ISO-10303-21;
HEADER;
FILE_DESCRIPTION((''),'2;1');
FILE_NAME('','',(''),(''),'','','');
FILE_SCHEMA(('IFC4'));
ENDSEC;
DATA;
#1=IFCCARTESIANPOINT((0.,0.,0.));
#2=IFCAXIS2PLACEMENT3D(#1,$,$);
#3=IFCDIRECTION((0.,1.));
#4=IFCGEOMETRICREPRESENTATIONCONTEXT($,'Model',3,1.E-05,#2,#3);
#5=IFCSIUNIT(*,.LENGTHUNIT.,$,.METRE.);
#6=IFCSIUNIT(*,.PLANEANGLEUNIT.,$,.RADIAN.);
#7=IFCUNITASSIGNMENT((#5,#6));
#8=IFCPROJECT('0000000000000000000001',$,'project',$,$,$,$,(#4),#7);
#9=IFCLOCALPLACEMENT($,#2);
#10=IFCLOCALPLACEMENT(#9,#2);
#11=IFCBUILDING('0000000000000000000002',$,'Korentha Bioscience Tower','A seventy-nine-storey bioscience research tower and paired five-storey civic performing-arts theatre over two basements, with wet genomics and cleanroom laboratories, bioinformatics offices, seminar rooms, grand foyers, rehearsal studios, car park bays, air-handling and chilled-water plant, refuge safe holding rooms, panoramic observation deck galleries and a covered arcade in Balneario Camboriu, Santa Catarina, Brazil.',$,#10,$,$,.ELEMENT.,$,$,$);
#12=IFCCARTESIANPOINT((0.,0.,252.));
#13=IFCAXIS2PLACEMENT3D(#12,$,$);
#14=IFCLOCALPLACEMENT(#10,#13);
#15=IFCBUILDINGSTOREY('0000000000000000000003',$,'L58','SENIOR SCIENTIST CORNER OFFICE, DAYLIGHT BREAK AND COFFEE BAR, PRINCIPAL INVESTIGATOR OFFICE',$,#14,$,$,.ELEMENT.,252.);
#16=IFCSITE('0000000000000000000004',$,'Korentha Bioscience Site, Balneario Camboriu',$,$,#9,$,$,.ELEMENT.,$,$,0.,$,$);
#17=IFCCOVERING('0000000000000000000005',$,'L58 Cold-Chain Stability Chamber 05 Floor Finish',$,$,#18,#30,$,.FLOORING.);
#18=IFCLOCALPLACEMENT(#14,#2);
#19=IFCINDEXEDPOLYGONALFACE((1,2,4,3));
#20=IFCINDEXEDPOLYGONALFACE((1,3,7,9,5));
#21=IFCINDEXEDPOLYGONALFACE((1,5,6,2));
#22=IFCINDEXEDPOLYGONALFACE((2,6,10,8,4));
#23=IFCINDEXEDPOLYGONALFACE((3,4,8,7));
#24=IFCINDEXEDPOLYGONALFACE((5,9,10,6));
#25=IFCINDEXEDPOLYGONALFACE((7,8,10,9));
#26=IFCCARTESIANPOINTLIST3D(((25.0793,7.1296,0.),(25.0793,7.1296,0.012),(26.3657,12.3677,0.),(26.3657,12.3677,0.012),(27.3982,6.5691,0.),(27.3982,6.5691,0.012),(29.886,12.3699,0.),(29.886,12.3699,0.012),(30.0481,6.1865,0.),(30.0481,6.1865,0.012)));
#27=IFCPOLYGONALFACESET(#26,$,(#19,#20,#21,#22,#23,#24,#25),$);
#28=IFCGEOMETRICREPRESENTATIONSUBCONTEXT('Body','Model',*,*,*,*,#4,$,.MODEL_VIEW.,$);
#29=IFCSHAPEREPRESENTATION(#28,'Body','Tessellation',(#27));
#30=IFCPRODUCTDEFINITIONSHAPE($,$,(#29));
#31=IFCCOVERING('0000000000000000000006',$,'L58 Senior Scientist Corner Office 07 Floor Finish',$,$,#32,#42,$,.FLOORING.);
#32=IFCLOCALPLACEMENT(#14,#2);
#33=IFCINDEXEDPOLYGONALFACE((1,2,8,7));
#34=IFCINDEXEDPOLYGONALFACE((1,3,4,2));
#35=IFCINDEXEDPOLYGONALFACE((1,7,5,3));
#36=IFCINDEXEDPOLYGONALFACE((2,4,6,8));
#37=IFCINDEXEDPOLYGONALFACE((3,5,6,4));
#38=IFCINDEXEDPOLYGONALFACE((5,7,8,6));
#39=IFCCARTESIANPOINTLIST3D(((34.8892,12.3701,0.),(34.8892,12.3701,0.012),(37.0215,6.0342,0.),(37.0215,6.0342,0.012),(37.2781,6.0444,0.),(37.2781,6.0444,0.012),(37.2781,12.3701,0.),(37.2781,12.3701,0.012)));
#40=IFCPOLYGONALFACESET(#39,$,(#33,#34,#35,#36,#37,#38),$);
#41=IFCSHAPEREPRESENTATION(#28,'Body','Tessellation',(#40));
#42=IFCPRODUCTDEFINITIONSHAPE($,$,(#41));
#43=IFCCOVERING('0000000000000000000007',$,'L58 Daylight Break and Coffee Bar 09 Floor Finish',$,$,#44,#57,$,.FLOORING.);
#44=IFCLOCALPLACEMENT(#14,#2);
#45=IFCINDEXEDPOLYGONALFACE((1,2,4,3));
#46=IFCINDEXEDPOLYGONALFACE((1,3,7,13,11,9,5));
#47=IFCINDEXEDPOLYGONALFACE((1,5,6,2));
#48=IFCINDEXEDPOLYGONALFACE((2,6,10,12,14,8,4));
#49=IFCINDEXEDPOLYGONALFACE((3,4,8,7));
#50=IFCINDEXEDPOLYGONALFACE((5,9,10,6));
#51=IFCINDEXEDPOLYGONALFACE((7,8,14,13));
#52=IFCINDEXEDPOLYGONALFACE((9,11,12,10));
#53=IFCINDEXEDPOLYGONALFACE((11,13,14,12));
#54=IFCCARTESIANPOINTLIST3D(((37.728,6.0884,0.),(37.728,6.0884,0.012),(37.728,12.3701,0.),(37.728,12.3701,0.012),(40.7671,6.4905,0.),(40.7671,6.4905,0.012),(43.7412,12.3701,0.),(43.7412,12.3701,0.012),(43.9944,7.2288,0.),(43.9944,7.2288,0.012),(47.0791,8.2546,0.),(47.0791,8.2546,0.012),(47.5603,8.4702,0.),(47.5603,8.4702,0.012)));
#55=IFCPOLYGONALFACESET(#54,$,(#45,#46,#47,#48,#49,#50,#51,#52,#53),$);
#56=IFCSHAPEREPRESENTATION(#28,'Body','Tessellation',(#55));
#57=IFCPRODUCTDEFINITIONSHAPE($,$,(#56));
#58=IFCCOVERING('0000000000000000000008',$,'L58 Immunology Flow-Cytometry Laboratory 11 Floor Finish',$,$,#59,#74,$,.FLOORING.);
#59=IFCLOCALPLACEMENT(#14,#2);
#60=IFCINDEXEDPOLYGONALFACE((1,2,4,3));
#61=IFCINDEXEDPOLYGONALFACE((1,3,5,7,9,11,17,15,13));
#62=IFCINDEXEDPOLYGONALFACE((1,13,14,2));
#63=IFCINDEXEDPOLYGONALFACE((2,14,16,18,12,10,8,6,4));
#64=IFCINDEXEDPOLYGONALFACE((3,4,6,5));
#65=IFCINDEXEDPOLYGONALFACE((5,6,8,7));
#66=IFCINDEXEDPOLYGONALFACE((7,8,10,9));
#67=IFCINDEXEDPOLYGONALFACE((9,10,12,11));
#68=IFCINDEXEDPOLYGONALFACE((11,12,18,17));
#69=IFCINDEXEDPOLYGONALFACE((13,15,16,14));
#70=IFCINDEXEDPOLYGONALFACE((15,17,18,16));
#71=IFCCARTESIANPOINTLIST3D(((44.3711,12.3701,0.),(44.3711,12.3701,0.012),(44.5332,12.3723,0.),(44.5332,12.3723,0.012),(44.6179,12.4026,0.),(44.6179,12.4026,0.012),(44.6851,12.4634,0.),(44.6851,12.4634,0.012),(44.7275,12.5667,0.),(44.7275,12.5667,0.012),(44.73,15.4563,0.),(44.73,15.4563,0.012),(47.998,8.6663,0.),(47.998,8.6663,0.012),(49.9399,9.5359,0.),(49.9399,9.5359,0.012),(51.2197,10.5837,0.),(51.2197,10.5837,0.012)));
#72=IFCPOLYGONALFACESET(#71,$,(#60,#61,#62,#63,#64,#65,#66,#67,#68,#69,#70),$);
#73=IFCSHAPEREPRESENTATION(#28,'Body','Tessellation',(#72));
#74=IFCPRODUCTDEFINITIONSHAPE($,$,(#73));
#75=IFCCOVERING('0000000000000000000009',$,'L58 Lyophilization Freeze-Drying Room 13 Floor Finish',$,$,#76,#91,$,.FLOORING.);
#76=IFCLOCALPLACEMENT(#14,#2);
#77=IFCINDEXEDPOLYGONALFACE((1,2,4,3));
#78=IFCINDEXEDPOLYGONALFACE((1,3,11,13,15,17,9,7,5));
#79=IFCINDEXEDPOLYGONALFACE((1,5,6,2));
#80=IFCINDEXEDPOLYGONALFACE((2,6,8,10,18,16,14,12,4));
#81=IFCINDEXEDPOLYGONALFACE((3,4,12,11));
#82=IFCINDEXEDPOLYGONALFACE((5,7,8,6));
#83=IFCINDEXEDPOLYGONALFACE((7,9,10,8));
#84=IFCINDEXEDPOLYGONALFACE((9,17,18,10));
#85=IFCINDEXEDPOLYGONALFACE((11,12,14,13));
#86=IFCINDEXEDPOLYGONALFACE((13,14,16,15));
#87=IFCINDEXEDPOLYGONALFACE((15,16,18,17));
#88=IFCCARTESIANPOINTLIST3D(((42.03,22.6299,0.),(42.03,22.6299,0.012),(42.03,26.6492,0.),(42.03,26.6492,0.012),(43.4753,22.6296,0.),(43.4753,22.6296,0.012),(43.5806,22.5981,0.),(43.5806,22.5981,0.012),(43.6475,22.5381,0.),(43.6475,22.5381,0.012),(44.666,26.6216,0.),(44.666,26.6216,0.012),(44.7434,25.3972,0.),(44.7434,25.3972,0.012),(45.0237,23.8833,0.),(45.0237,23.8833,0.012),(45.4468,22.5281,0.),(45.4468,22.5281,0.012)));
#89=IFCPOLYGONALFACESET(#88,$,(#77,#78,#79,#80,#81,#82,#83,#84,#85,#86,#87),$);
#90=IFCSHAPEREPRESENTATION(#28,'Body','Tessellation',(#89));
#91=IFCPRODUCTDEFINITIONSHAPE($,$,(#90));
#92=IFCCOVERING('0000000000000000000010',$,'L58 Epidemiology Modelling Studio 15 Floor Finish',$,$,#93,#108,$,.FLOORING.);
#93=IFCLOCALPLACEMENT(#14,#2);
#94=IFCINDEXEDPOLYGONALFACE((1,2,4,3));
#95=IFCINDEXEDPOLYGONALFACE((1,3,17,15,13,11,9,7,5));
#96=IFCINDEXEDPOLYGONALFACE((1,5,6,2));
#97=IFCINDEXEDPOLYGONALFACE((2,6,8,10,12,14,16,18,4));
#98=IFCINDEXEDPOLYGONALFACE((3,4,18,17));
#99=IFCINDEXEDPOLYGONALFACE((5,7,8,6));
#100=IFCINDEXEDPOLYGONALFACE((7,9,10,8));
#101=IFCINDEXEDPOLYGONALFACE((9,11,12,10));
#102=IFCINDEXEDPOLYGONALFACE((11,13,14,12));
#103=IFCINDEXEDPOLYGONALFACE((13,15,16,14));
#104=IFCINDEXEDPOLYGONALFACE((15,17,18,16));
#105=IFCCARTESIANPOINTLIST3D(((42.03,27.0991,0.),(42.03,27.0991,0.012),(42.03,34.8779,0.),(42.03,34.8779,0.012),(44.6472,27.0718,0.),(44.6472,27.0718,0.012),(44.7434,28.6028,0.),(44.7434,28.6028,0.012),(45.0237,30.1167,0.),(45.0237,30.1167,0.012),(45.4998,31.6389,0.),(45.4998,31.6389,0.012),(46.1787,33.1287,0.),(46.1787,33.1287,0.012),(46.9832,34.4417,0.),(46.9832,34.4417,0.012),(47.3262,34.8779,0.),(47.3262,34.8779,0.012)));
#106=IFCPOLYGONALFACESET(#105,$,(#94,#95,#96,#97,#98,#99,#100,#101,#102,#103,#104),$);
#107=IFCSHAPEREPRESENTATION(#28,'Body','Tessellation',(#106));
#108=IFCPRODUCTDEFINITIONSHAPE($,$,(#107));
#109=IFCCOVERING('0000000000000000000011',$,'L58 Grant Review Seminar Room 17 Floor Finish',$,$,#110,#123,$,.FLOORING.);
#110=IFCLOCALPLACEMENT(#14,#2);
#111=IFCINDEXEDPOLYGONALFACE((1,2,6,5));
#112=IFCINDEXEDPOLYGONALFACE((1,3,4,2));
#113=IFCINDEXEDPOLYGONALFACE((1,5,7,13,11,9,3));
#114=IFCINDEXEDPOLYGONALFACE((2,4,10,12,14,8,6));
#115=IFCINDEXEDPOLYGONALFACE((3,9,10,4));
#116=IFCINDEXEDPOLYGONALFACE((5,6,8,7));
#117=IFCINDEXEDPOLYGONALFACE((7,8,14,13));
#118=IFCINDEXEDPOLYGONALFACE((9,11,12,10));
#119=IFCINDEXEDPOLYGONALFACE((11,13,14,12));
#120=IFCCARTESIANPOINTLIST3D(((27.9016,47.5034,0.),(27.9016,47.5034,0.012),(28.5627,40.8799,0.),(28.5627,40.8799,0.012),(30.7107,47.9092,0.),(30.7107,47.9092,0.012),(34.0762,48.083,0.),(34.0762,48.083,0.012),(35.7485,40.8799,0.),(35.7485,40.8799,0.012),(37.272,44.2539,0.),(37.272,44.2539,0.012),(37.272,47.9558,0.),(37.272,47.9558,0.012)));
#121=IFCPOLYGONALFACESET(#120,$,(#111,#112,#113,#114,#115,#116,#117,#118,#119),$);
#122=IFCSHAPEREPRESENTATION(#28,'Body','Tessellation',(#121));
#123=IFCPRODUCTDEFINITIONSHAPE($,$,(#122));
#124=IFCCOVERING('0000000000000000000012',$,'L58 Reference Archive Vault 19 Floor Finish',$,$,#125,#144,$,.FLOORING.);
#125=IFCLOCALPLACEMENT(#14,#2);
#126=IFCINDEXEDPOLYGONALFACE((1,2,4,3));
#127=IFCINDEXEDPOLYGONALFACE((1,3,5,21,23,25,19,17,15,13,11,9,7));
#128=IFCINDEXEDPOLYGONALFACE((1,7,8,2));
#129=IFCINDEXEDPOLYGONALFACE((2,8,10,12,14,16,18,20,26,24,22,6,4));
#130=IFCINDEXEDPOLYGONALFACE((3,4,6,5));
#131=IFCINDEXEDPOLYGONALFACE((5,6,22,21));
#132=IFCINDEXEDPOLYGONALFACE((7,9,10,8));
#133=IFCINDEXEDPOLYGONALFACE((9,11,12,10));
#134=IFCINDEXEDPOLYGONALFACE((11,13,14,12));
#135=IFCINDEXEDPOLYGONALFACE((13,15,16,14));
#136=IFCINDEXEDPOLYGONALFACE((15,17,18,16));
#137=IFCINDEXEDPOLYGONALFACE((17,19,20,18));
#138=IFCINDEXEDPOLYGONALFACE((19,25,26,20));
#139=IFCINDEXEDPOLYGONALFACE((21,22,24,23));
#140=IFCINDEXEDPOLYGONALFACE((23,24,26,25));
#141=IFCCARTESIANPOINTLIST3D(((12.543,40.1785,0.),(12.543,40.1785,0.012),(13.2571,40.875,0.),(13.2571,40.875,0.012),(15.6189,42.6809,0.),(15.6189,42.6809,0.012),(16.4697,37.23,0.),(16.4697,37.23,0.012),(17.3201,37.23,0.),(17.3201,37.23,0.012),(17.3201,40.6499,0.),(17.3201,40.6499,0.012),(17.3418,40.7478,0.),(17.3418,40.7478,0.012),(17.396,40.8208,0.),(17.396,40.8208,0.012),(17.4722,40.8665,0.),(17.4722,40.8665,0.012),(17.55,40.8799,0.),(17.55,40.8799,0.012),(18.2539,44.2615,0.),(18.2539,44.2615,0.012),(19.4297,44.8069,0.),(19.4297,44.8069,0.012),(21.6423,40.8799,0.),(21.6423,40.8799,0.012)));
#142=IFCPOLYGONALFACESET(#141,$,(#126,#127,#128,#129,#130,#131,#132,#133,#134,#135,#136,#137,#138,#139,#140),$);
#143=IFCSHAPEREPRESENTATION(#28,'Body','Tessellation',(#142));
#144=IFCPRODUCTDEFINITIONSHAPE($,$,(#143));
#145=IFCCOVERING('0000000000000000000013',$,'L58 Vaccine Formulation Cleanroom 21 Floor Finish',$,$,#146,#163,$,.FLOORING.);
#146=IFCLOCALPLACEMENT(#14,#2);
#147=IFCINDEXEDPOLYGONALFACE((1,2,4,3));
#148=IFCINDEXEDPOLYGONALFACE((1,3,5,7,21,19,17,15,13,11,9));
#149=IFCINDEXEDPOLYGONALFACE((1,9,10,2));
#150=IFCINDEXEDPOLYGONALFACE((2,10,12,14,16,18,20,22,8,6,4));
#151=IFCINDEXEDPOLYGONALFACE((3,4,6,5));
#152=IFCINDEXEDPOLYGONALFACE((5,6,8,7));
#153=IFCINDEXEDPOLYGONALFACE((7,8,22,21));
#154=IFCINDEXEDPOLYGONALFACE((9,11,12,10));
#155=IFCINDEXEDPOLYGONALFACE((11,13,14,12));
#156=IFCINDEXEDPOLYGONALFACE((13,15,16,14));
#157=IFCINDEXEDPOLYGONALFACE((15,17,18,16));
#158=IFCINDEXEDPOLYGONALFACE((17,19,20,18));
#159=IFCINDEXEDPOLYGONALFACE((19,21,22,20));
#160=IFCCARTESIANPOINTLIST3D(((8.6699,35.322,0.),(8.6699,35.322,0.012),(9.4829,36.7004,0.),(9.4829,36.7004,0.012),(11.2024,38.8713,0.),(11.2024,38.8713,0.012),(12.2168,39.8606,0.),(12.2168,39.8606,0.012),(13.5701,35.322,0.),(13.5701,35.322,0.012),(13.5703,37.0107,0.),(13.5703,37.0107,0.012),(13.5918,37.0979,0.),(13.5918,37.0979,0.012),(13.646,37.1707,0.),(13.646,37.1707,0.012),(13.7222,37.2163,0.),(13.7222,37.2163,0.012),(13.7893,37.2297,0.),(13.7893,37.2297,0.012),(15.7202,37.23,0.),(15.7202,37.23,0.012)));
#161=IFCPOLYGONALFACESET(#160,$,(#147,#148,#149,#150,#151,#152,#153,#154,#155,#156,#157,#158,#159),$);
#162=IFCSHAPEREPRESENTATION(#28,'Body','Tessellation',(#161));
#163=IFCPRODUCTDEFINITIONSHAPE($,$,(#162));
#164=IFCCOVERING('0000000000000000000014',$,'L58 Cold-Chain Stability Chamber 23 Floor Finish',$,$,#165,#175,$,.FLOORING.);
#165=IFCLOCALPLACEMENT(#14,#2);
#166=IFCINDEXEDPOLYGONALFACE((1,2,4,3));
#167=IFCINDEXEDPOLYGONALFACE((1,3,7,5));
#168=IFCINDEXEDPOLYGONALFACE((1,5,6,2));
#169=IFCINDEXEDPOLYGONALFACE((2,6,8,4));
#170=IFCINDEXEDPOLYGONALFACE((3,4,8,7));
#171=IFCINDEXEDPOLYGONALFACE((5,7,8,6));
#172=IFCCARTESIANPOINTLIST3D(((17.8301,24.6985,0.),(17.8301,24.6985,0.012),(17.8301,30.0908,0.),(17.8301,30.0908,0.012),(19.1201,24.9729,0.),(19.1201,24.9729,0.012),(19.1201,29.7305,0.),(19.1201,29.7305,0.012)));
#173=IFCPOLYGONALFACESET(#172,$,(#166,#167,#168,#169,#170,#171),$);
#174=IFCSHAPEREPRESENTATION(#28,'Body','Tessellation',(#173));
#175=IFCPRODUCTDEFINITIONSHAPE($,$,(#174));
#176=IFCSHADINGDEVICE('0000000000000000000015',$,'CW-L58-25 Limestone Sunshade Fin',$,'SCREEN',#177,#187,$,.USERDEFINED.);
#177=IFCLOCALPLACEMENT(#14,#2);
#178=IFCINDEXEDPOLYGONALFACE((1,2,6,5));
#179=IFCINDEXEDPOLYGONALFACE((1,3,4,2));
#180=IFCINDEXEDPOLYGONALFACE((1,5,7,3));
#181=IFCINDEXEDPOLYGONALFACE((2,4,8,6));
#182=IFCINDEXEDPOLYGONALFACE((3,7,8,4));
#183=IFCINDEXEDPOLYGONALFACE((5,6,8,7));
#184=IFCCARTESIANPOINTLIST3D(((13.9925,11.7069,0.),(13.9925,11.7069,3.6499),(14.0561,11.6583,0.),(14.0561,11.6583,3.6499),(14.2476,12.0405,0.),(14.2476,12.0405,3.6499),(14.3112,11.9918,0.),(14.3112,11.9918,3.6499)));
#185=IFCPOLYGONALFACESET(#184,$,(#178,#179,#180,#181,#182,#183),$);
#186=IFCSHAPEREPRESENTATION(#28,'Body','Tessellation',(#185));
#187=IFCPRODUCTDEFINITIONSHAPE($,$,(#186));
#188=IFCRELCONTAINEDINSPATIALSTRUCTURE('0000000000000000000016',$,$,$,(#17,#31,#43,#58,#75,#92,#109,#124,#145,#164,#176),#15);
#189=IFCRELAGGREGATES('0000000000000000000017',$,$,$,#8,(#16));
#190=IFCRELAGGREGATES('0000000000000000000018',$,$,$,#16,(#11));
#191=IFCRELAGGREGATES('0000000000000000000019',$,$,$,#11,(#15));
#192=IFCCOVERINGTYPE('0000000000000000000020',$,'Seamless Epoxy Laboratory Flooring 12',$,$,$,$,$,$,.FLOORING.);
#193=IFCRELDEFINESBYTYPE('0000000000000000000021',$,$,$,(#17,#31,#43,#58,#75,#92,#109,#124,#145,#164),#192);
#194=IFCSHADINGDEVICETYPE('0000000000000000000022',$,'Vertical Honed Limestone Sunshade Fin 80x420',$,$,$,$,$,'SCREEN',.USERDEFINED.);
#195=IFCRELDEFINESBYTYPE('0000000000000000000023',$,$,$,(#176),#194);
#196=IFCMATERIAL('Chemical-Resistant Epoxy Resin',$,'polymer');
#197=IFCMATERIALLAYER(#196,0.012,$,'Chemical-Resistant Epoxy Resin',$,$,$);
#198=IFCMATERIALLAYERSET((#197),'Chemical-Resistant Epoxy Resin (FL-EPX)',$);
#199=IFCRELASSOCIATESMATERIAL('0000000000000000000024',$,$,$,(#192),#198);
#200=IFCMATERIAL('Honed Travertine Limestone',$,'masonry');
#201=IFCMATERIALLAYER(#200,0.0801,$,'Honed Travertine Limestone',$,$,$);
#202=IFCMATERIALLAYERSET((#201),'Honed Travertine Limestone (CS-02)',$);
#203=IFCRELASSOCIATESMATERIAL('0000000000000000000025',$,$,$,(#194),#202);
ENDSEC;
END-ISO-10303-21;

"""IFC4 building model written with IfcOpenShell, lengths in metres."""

from ifc_helpers import new_model, si_unit, direction, frame, origin, origin_2d, place, context, subcontext, project, spatial, polyline, rectangle, outline, extrude, material, layer, layer_set, type_object, element, save


model = new_model("IFC4")

# Units and contexts
model_context = context("Model", 3, precision=1e-05, world=origin(), true_north=direction((0.0, 1.0)))
body_context = subcontext(model_context, "Body", "Model", "MODEL_VIEW")
ifc_project = project(units=[si_unit("LENGTHUNIT", "METRE"), si_unit("PLANEANGLEUNIT", "RADIAN")], contexts=[model_context])

# Site, building, storey
site_placement = place(None, origin())
site = spatial("IfcSite", under=ifc_project, at=site_placement, Name="Korentha Bioscience Site, Balneario Camboriu", CompositionType="ELEMENT", RefElevation=0.0)
building_placement = place(site_placement, origin())
building = spatial("IfcBuilding", under=site, at=building_placement, Name="Korentha Bioscience Tower", Description="A seventy-nine-storey bioscience research tower and paired five-storey civic performing-arts theatre over two basements, with wet genomics and cleanroom laboratories, bioinformatics offices, seminar rooms, grand foyers, rehearsal studios, car park bays, air-handling and chilled-water plant, refuge safe holding rooms, panoramic observation deck galleries and a covered arcade in Balneario Camboriu, Santa Catarina, Brazil.", CompositionType="ELEMENT")
storey_placement = place(building_placement, frame((0.0, 0.0, 252.0)))
storey = spatial("IfcBuildingStorey", under=building, at=storey_placement, Name="L58", Description="SENIOR SCIENTIST CORNER OFFICE, DAYLIGHT BREAK AND COFFEE BAR, PRINCIPAL INVESTIGATOR OFFICE", CompositionType="ELEMENT", Elevation=252.0)

# Coverings
ifc_material_1 = material(Name="Chemical-Resistant Epoxy Resin", Category="polymer")
ifc_layer_1 = layer(ifc_material_1, 0.012, Name="Chemical-Resistant Epoxy Resin")
ifc_layer_set_1 = layer_set([ifc_layer_1], Name="Chemical-Resistant Epoxy Resin (FL-EPX)")
covering_type_1 = type_object("IfcCoveringType", Name="Seamless Epoxy Laboratory Flooring 12", PredefinedType="FLOORING", material=ifc_layer_set_1)
covering_1_placement = place(storey_placement, origin())
element("IfcCovering", 1, at=covering_1_placement, inside=storey, type_object=covering_type_1, Name="L58 Cold-Chain Stability Chamber 05 Floor Finish", PredefinedType="FLOORING", context=body_context, shape_type="SweptSolid", body=[
    extrude(outline(polyline([(27.3982, 6.5691), (25.0793, 7.1296), (26.3657, 12.3677), (29.886, 12.3699), (30.0481, 6.1865), (27.3982, 6.5691)])), origin(), (0.0, 0.0, 1.0), 0.012),
])
covering_2_placement = place(storey_placement, origin())
element("IfcCovering", 2, at=covering_2_placement, inside=storey, type_object=covering_type_1, Name="L58 Senior Scientist Corner Office 07 Floor Finish", PredefinedType="FLOORING", context=body_context, shape_type="SweptSolid", body=[
    extrude(outline(polyline([(34.8892, 12.3701), (37.2781, 12.3701), (37.2781, 6.0444), (37.0215, 6.0342), (34.8892, 12.3701)])), origin(), (0.0, 0.0, 1.0), 0.012),
])
covering_3_placement = place(storey_placement, origin())
element("IfcCovering", 3, at=covering_3_placement, inside=storey, type_object=covering_type_1, Name="L58 Daylight Break and Coffee Bar 09 Floor Finish", PredefinedType="FLOORING", context=body_context, shape_type="SweptSolid", body=[
    extrude(outline(polyline([(47.0791, 8.2546), (43.9944, 7.2288), (40.7671, 6.4905), (37.728, 6.0884), (37.728, 12.3701), (43.7412, 12.3701), (47.5603, 8.4702), (47.0791, 8.2546)])), origin(), (0.0, 0.0, 1.0), 0.012),
])
covering_4_placement = place(storey_placement, origin())
element("IfcCovering", 4, at=covering_4_placement, inside=storey, type_object=covering_type_1, Name="L58 Immunology Flow-Cytometry Laboratory 11 Floor Finish", PredefinedType="FLOORING", context=body_context, shape_type="SweptSolid", body=[
    extrude(outline(polyline([(44.3711, 12.3701), (44.5332, 12.3723), (44.6179, 12.4026), (44.6851, 12.4634), (44.7275, 12.5667), (44.73, 15.4563), (51.2197, 10.5837), (49.9399, 9.5359), (47.998, 8.6663), (44.3711, 12.3701)])), origin(), (0.0, 0.0, 1.0), 0.012),
])
covering_5_placement = place(storey_placement, origin())
element("IfcCovering", 5, at=covering_5_placement, inside=storey, type_object=covering_type_1, Name="L58 Lyophilization Freeze-Drying Room 13 Floor Finish", PredefinedType="FLOORING", context=body_context, shape_type="SweptSolid", body=[
    extrude(outline(polyline([(43.6475, 22.5381), (43.5806, 22.5981), (43.4753, 22.6296), (42.03, 22.6299), (42.03, 26.6492), (44.666, 26.6216), (44.7434, 25.3972), (45.0237, 23.8833), (45.4468, 22.5281), (43.6475, 22.5381)])), origin(), (0.0, 0.0, 1.0), 0.012),
])
covering_6_placement = place(storey_placement, origin())
element("IfcCovering", 6, at=covering_6_placement, inside=storey, type_object=covering_type_1, Name="L58 Epidemiology Modelling Studio 15 Floor Finish", PredefinedType="FLOORING", context=body_context, shape_type="SweptSolid", body=[
    extrude(outline(polyline([(42.03, 34.8779), (47.3262, 34.8779), (46.9832, 34.4417), (46.1787, 33.1287), (45.4998, 31.6389), (45.0237, 30.1167), (44.7434, 28.6028), (44.6472, 27.0718), (42.03, 27.0991), (42.03, 34.8779)])), origin(), (0.0, 0.0, 1.0), 0.012),
])
covering_7_placement = place(storey_placement, origin())
element("IfcCovering", 7, at=covering_7_placement, inside=storey, type_object=covering_type_1, Name="L58 Grant Review Seminar Room 17 Floor Finish", PredefinedType="FLOORING", context=body_context, shape_type="SweptSolid", body=[
    extrude(outline(polyline([(27.9016, 47.5034), (30.7107, 47.9092), (34.0762, 48.083), (37.272, 47.9558), (37.272, 44.2539), (35.7485, 40.8799), (28.5627, 40.8799), (27.9016, 47.5034)])), origin(), (0.0, 0.0, 1.0), 0.012),
])
covering_8_placement = place(storey_placement, origin())
element("IfcCovering", 8, at=covering_8_placement, inside=storey, type_object=covering_type_1, Name="L58 Reference Archive Vault 19 Floor Finish", PredefinedType="FLOORING", context=body_context, shape_type="SweptSolid", body=[
    extrude(outline(polyline([(13.2571, 40.875), (15.6189, 42.6809), (18.2539, 44.2615), (19.4297, 44.8069), (21.6423, 40.8799), (17.55, 40.8799), (17.4722, 40.8665), (17.396, 40.8208), (17.3418, 40.7478), (17.3201, 40.6499), (17.3201, 37.23), (16.4697, 37.23), (12.543, 40.1785), (13.2571, 40.875)])), origin(), (0.0, 0.0, 1.0), 0.012),
])
covering_9_placement = place(storey_placement, origin())
element("IfcCovering", 9, at=covering_9_placement, inside=storey, type_object=covering_type_1, Name="L58 Vaccine Formulation Cleanroom 21 Floor Finish", PredefinedType="FLOORING", context=body_context, shape_type="SweptSolid", body=[
    extrude(outline(polyline([(12.2168, 39.8606), (15.7202, 37.23), (13.7893, 37.2297), (13.7222, 37.2163), (13.646, 37.1707), (13.5918, 37.0979), (13.5703, 37.0107), (13.5701, 35.322), (8.6699, 35.322), (9.4829, 36.7004), (11.2024, 38.8713), (12.2168, 39.8606)])), origin(), (0.0, 0.0, 1.0), 0.012),
])
covering_10_placement = place(storey_placement, origin())
element("IfcCovering", 10, at=covering_10_placement, inside=storey, type_object=covering_type_1, Name="L58 Cold-Chain Stability Chamber 23 Floor Finish", PredefinedType="FLOORING", context=body_context, shape_type="SweptSolid", body=[
    extrude(outline(polyline([(17.8301, 24.6985), (17.8301, 30.0908), (19.1201, 29.7305), (19.1201, 24.9729), (17.8301, 24.6985)])), origin(), (0.0, 0.0, 1.0), 0.012),
])

# Shading device
ifc_material_2 = material(Name="Honed Travertine Limestone", Category="masonry")
ifc_layer_2 = layer(ifc_material_2, 0.0801, Name="Honed Travertine Limestone")
ifc_layer_set_2 = layer_set([ifc_layer_2], Name="Honed Travertine Limestone (CS-02)")
shading_device_type_1 = type_object("IfcShadingDeviceType", Name="Vertical Honed Limestone Sunshade Fin 80x420", ElementType="SCREEN", PredefinedType="USERDEFINED", material=ifc_layer_set_2)
shading_device_1_placement = place(storey_placement, frame((14.1519, 11.8494, 0.0), z_axis=(0.0, 0.0, 1.0), x_axis=(0.794382, -0.607418, 0.0)))
element("IfcShadingDevice", 11, at=shading_device_1_placement, inside=storey, type_object=shading_device_type_1, Name="CW-L58-25 Limestone Sunshade Fin", ObjectType="SCREEN", PredefinedType="USERDEFINED", context=body_context, shape_type="SweptSolid", body=[
    extrude(rectangle(XDim=0.0801, YDim=0.4199, at=origin_2d()), origin(), (0.0, 0.0, 1.0), 3.6499),
])

save(model, "model.ifc")
